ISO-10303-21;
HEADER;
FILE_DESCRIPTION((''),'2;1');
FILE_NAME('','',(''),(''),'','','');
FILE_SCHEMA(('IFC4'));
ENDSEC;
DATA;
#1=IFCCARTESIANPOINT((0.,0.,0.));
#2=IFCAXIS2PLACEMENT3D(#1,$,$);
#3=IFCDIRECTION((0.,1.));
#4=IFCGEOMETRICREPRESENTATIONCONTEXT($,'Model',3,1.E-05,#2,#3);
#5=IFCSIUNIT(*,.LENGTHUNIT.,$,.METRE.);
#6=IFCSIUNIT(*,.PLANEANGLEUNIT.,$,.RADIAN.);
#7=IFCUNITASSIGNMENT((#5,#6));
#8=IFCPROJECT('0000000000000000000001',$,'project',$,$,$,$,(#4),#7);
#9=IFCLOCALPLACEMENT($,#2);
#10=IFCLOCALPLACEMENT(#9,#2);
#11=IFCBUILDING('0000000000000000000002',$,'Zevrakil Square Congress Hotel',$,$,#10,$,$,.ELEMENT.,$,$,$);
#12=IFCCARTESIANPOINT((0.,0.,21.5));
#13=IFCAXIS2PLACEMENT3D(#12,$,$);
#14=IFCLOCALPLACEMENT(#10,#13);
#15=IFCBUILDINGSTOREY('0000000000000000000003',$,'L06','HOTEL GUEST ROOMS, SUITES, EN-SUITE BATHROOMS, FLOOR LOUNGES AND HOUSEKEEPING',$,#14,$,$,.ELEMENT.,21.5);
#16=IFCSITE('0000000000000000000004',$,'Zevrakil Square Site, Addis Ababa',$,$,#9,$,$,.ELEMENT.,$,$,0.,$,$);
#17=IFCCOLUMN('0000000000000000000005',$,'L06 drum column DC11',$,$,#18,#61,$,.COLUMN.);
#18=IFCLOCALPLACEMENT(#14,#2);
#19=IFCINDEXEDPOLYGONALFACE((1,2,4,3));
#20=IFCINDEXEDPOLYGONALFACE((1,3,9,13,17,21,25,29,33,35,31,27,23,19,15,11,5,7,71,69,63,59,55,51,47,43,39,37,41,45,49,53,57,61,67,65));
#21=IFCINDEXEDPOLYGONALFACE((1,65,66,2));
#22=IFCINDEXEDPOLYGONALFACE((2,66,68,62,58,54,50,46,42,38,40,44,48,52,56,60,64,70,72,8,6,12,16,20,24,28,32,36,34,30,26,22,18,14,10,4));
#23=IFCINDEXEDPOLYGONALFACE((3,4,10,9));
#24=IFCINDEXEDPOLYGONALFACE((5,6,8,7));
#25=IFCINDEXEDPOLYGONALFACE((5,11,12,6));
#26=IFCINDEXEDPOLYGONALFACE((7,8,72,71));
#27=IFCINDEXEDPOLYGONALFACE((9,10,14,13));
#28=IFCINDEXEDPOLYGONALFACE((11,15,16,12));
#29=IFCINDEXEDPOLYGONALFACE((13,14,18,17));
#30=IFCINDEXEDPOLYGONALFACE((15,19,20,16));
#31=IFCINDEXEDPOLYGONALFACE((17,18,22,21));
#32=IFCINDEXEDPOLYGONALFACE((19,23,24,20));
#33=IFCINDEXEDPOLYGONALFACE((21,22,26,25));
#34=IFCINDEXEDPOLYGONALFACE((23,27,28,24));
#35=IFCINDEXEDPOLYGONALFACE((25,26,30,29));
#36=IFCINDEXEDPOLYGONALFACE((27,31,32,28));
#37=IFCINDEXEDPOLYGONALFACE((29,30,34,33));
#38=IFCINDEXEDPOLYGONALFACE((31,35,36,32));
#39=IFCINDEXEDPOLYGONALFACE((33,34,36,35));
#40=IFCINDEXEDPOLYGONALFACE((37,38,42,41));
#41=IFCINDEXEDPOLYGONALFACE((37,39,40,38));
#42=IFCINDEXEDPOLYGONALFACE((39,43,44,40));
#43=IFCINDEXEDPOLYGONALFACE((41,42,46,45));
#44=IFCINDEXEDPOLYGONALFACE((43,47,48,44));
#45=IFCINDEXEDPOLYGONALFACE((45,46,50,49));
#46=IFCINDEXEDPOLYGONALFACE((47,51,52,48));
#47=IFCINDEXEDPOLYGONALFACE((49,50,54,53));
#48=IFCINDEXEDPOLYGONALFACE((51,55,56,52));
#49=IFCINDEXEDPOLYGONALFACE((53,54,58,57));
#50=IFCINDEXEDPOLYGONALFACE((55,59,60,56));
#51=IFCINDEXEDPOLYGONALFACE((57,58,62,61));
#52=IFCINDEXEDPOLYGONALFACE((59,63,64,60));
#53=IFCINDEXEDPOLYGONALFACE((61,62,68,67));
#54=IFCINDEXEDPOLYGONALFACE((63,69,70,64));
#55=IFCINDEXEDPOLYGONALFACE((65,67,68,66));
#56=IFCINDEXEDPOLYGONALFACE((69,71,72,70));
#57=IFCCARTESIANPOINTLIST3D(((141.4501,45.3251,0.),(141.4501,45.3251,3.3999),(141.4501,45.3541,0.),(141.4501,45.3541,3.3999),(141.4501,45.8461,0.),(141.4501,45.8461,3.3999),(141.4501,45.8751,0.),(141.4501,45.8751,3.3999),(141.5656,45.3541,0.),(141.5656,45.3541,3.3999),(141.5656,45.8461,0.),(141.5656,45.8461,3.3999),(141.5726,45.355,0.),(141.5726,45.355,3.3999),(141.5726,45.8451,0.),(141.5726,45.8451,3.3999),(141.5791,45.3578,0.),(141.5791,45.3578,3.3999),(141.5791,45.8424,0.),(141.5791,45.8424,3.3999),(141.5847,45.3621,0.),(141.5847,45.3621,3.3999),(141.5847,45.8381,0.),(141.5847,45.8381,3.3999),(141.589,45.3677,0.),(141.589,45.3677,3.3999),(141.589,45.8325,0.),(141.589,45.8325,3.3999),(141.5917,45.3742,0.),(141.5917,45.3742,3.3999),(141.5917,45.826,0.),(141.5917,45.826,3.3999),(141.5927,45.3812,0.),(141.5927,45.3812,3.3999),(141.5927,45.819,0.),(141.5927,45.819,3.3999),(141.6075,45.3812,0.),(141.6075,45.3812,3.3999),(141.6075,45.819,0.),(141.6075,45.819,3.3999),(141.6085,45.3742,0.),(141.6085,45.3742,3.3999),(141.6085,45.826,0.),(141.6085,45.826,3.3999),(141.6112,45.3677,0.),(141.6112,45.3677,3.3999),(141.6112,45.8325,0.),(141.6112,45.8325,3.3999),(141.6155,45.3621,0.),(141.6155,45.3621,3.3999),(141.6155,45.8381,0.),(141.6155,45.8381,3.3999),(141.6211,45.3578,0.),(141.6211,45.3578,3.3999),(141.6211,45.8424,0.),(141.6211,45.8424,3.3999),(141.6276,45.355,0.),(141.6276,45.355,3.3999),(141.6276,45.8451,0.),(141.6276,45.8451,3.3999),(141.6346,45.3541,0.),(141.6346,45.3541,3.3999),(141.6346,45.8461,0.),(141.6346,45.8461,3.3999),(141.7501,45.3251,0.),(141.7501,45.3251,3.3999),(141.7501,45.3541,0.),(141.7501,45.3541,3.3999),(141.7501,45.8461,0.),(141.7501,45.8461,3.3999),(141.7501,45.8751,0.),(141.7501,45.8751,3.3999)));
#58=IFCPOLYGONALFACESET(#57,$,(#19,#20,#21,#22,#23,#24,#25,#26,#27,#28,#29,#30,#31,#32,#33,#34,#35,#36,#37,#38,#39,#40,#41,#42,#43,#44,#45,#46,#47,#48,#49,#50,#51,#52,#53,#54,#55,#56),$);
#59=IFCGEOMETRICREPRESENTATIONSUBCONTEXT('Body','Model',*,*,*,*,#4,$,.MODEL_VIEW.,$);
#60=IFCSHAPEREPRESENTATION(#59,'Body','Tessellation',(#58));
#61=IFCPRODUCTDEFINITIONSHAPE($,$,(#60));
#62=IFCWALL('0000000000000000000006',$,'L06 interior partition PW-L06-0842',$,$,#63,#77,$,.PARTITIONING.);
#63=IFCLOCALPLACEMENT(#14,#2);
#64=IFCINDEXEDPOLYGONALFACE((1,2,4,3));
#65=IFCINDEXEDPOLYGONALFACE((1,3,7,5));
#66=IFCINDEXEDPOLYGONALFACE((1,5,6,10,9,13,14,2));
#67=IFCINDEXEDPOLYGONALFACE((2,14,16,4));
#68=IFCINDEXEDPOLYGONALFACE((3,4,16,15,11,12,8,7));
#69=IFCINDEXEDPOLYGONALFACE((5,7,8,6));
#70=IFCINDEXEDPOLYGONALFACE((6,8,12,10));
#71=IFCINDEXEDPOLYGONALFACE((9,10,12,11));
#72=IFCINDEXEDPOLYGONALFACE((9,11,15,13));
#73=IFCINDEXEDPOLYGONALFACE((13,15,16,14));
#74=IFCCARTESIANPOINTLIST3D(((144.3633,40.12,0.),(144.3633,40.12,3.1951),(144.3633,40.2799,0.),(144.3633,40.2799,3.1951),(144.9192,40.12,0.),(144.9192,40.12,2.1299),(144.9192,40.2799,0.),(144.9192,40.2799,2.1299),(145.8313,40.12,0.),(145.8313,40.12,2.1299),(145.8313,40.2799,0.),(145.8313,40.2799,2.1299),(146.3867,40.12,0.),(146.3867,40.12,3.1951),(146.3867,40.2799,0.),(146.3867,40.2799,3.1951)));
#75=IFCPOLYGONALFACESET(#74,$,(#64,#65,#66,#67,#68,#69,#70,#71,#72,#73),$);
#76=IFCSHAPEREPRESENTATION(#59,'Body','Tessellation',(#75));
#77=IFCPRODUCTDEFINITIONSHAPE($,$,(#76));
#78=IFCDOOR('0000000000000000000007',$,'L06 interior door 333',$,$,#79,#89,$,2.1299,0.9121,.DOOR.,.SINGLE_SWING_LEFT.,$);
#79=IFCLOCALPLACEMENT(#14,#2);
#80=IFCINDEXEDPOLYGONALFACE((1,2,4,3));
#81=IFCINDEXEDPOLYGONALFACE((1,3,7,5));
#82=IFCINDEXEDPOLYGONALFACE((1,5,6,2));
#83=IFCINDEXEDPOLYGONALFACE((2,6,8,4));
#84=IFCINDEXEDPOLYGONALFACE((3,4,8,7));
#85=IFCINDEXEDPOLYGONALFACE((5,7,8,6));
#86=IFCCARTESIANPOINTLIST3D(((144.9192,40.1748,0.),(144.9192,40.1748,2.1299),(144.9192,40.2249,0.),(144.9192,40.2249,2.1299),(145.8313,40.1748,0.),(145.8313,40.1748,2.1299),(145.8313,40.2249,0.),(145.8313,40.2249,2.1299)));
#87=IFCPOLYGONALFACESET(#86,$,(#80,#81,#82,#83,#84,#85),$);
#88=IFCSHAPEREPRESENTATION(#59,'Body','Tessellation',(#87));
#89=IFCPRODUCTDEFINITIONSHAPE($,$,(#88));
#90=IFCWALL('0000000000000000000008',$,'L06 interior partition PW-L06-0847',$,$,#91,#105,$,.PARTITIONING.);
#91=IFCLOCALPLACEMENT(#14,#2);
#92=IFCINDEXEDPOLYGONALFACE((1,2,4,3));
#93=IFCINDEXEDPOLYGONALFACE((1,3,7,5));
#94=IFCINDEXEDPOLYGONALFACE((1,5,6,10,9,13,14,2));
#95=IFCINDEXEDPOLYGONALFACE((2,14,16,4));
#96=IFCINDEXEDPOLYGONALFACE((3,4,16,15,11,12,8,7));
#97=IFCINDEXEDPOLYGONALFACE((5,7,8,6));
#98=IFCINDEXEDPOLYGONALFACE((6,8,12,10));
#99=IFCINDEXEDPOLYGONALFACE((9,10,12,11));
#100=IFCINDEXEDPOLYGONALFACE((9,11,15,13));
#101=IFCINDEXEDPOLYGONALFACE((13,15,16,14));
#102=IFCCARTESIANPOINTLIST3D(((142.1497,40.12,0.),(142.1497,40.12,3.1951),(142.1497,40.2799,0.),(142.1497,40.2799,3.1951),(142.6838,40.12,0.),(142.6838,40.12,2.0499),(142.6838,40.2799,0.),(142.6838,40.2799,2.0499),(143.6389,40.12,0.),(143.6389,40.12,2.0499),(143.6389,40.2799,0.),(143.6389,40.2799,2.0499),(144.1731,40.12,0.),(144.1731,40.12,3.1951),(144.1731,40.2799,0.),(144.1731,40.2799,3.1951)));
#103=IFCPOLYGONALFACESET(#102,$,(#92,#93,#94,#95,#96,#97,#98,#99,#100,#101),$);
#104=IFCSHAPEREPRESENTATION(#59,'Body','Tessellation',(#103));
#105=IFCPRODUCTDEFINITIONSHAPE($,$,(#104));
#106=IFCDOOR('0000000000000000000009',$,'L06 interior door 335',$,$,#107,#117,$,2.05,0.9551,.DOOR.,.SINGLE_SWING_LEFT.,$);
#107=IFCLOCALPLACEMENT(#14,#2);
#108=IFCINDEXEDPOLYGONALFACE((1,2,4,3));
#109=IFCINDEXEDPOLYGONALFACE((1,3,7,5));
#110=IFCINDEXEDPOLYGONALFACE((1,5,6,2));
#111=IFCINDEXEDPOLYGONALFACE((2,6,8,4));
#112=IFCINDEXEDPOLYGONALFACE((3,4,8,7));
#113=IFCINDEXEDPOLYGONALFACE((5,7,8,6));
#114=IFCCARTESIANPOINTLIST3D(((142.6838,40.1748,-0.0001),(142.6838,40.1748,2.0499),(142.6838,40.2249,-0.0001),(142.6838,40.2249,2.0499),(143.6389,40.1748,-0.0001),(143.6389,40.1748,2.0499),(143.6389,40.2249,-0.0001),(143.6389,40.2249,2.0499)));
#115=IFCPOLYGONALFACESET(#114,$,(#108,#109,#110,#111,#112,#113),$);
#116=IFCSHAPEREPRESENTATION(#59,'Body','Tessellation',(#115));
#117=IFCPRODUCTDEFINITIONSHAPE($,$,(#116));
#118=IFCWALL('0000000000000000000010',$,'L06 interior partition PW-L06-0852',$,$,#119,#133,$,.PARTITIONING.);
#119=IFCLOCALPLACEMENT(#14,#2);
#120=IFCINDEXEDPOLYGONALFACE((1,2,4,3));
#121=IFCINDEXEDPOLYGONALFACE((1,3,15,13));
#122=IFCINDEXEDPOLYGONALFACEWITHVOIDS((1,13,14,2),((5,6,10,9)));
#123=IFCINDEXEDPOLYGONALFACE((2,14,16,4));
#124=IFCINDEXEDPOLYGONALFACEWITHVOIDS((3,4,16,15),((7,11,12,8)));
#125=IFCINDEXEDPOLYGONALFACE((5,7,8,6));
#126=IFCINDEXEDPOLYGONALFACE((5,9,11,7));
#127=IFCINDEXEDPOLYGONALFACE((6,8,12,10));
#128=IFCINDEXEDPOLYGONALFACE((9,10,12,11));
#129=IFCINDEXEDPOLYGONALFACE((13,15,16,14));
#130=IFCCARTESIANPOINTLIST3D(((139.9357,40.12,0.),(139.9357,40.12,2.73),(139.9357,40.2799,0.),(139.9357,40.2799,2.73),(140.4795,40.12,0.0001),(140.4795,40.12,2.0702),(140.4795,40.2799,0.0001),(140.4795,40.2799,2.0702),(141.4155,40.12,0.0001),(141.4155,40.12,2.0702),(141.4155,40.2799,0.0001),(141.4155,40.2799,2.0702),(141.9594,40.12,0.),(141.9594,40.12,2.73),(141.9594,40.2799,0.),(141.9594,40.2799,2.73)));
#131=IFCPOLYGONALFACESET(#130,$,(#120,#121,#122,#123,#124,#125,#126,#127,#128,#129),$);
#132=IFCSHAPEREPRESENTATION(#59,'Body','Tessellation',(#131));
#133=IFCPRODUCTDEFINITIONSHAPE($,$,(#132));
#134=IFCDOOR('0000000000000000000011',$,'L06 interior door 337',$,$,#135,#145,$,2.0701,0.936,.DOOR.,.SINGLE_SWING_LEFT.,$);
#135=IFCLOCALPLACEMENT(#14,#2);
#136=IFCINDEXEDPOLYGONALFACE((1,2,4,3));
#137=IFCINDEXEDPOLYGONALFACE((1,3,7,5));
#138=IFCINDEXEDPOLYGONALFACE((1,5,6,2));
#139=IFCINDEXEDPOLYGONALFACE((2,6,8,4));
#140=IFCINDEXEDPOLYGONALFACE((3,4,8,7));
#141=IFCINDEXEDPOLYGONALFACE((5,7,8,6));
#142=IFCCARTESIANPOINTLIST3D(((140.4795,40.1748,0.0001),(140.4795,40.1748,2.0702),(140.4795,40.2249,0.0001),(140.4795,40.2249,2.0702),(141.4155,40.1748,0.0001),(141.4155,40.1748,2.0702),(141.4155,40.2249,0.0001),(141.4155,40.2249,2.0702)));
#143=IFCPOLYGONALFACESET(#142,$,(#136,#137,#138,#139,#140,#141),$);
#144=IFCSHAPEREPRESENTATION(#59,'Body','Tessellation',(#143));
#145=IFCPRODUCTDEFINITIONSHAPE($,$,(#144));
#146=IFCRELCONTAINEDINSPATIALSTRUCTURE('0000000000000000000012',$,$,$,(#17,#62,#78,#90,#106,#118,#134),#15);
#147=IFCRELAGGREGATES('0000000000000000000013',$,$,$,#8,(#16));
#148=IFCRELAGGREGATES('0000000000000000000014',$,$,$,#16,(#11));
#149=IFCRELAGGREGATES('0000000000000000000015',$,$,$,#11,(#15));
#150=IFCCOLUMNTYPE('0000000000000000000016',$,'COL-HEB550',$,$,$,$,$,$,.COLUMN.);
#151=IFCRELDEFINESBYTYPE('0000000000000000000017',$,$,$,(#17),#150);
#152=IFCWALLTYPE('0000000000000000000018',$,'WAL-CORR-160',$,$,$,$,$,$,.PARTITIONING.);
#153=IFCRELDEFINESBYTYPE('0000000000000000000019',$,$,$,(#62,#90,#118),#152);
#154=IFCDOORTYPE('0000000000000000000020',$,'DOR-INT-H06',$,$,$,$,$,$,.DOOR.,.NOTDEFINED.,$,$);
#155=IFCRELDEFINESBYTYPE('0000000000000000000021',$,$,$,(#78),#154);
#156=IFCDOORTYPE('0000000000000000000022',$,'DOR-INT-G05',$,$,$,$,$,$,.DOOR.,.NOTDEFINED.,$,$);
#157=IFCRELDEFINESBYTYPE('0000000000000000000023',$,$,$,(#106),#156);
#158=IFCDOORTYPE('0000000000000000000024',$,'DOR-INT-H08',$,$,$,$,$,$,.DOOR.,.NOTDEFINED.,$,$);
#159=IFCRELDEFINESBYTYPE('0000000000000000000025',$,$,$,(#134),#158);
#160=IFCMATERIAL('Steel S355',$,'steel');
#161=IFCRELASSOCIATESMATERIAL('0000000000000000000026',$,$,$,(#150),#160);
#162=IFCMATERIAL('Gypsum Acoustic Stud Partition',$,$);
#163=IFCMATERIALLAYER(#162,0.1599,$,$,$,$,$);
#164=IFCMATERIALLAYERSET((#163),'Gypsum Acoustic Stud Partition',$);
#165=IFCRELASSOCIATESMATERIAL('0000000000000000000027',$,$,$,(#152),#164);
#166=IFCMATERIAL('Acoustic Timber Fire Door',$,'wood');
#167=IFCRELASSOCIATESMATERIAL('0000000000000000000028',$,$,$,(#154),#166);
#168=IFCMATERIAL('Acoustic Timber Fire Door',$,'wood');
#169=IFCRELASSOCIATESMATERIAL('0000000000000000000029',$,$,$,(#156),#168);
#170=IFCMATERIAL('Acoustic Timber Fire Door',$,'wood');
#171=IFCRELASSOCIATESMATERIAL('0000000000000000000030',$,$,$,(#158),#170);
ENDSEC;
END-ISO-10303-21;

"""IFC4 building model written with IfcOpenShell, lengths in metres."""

from ifc_helpers import new_model, si_unit, direction, frame, frame_2d, origin, origin_2d, place, context, subcontext, project, spatial, rectangle, i_section, extrude, material, layer, layer_set, material_profile, profile_set, type_object, element, fill, save


model = new_model("IFC4")

# Units and contexts
model_context = context("Model", 3, precision=1e-05, world=origin(), true_north=direction((0.0, 1.0)))
body_context = subcontext(model_context, "Body", "Model", "MODEL_VIEW")
ifc_project = project(units=[si_unit("LENGTHUNIT", "METRE"), si_unit("PLANEANGLEUNIT", "RADIAN")], contexts=[model_context])

# Site, building, storey
site_placement = place(None, origin())
site = spatial("IfcSite", under=ifc_project, at=site_placement, Name="Zevrakil Square Site, Addis Ababa", CompositionType="ELEMENT", RefElevation=0.0)
building_placement = place(site_placement, origin())
building = spatial("IfcBuilding", under=site, at=building_placement, Name="Zevrakil Square Congress Hotel", CompositionType="ELEMENT")
storey_placement = place(building_placement, frame((0.0, 0.0, 21.5)))
storey = spatial("IfcBuildingStorey", under=building, at=storey_placement, Name="L06", Description="HOTEL GUEST ROOMS, SUITES, EN-SUITE BATHROOMS, FLOOR LOUNGES AND HOUSEKEEPING", CompositionType="ELEMENT", Elevation=21.5)

# Column
ifc_material_1 = material(Name="Steel S355", Category="steel")
ifc_material_profile = material_profile(ifc_material_1, i_section(OverallWidth=0.3, OverallDepth=0.55, WebThickness=0.0149, FlangeThickness=0.0291, FilletRadius=0.0271, at=origin_2d()), Name="HEB 550")
ifc_profile_set = profile_set([ifc_material_profile], Name="Steel S355")
column_type = type_object("IfcColumnType", Name="COL-HEB550", PredefinedType="COLUMN", material=ifc_profile_set)
column_placement = place(storey_placement, frame((141.6001, 45.6001, 0.0), z_axis=(0.0, 0.0, 1.0), x_axis=(1.0, 0.0, 0.0)))
element("IfcColumn", 1, at=column_placement, inside=storey, type_object=column_type, Name="L06 drum column DC11", PredefinedType="COLUMN", context=body_context, shape_type="SweptSolid", body=[
    extrude(i_section(OverallWidth=0.3, OverallDepth=0.55, WebThickness=0.0149, FlangeThickness=0.0291, FilletRadius=0.0271, at=origin_2d()), origin(), (0.0, 0.0, 1.0), 3.3999),
])

# Walls, openings, doors
ifc_material_2 = material(Name="Gypsum Acoustic Stud Partition")
ifc_layer_1 = layer(ifc_material_2, 0.1599)
ifc_layer_set_1 = layer_set([ifc_layer_1], Name="Gypsum Acoustic Stud Partition")
wall_type_1 = type_object("IfcWallType", Name="WAL-CORR-160", PredefinedType="PARTITIONING", material=ifc_layer_set_1)
wall_1_placement = place(storey_placement, frame((144.3633, 40.2, 0.0), z_axis=(0.0, 0.0, 1.0), x_axis=(1.0, 0.0, 0.0)))
wall_1 = element("IfcWall", 2, at=wall_1_placement, inside=storey, type_object=wall_type_1, Name="L06 interior partition PW-L06-0842", PredefinedType="PARTITIONING", context=body_context, shape_type="SweptSolid", body=[
    extrude(rectangle(XDim=2.0234, YDim=0.1599, at=frame_2d((1.0117, 0.0))), origin(), (0.0, 0.0, 1.0), 3.1951),
])
opening_1_placement = place(wall_1_placement, frame((0.5559, 0.0, 0.0)))
opening_1 = element("IfcOpeningElement", 3, at=opening_1_placement, cuts=wall_1, PredefinedType="OPENING", context=body_context, shape_type="SweptSolid", body=[
    extrude(rectangle(XDim=0.9121, YDim=2.1299, at=frame_2d((0.4561, 1.0649))), frame((0.0, 0.0898, 0.0), z_axis=(0.0, -1.0, 0.0), x_axis=(1.0, 0.0, 0.0)), (0.0, 0.0, 1.0), 0.1799),
])
ifc_material_3 = material(Name="Acoustic Timber Fire Door", Category="wood")
door_type_1 = type_object("IfcDoorType", Name="DOR-INT-H06", OperationType="NOTDEFINED", PredefinedType="DOOR", material=ifc_material_3)
door_1_placement = place(opening_1_placement, origin())
door_1 = element("IfcDoor", 4, at=door_1_placement, inside=storey, type_object=door_type_1, Name="L06 interior door 333", OperationType="SINGLE_SWING_LEFT", OverallHeight=2.1299, OverallWidth=0.9121, PredefinedType="DOOR", context=body_context, shape_type="SweptSolid", body=[
    extrude(rectangle(XDim=0.9121, YDim=2.1299, at=frame_2d((0.4561, 1.0649))), frame((0.0, 0.0249, 0.0), z_axis=(0.0, -1.0, 0.0), x_axis=(1.0, 0.0, 0.0)), (0.0, 0.0, 1.0), 0.05),
])
fill(opening_1, door_1)
wall_2_placement = place(storey_placement, frame((142.1497, 40.2, 0.0), z_axis=(0.0, 0.0, 1.0), x_axis=(1.0, 0.0, 0.0)))
wall_2 = element("IfcWall", 5, at=wall_2_placement, inside=storey, type_object=wall_type_1, Name="L06 interior partition PW-L06-0847", PredefinedType="PARTITIONING", context=body_context, shape_type="SweptSolid", body=[
    extrude(rectangle(XDim=2.0234, YDim=0.1599, at=frame_2d((1.0117, 0.0))), origin(), (0.0, 0.0, 1.0), 3.1951),
])
opening_2_placement = place(wall_2_placement, frame((0.5342, 0.0, 0.0)))
opening_2 = element("IfcOpeningElement", 6, at=opening_2_placement, cuts=wall_2, PredefinedType="OPENING", context=body_context, shape_type="SweptSolid", body=[
    extrude(rectangle(XDim=0.9551, YDim=2.05, at=frame_2d((0.4775, 1.0249))), frame((0.0, 0.0898, 0.0), z_axis=(0.0, -1.0, 0.0), x_axis=(1.0, 0.0, 0.0)), (0.0, 0.0, 1.0), 0.1799),
])
ifc_material_4 = material(Name="Acoustic Timber Fire Door", Category="wood")
door_type_2 = type_object("IfcDoorType", Name="DOR-INT-G05", OperationType="NOTDEFINED", PredefinedType="DOOR", material=ifc_material_4)
door_2_placement = place(opening_2_placement, origin())
door_2 = element("IfcDoor", 7, at=door_2_placement, inside=storey, type_object=door_type_2, Name="L06 interior door 335", OperationType="SINGLE_SWING_LEFT", OverallHeight=2.05, OverallWidth=0.9551, PredefinedType="DOOR", context=body_context, shape_type="SweptSolid", body=[
    extrude(rectangle(XDim=0.9551, YDim=2.05, at=frame_2d((0.4775, 1.0249))), frame((0.0, 0.0249, 0.0), z_axis=(0.0, -1.0, 0.0), x_axis=(1.0, 0.0, 0.0)), (0.0, 0.0, 1.0), 0.05),
])
fill(opening_2, door_2)
wall_3_placement = place(storey_placement, frame((139.9358, 40.2, 0.0), z_axis=(0.0, 0.0, 1.0), x_axis=(1.0, 0.0, 0.0)))
wall_3 = element("IfcWall", 8, at=wall_3_placement, inside=storey, type_object=wall_type_1, Name="L06 interior partition PW-L06-0852", PredefinedType="PARTITIONING", context=body_context, shape_type="SweptSolid", body=[
    extrude(rectangle(XDim=2.0237, YDim=0.1599, at=frame_2d((1.0117, 0.0))), origin(), (0.0, 0.0, 1.0), 2.73),
])
opening_3_placement = place(wall_3_placement, frame((0.5437, 0.0, 0.0)))
opening_3 = element("IfcOpeningElement", 9, at=opening_3_placement, cuts=wall_3, PredefinedType="OPENING", context=body_context, shape_type="SweptSolid", body=[
    extrude(rectangle(XDim=0.936, YDim=2.0701, at=frame_2d((0.468, 1.0352))), frame((0.0, 0.0898, 0.0), z_axis=(0.0, -1.0, 0.0), x_axis=(1.0, 0.0, 0.0)), (0.0, 0.0, 1.0), 0.1799),
])
ifc_material_5 = material(Name="Acoustic Timber Fire Door", Category="wood")
door_type_3 = type_object("IfcDoorType", Name="DOR-INT-H08", OperationType="NOTDEFINED", PredefinedType="DOOR", material=ifc_material_5)
door_3_placement = place(opening_3_placement, origin())
door_3 = element("IfcDoor", 10, at=door_3_placement, inside=storey, type_object=door_type_3, Name="L06 interior door 337", OperationType="SINGLE_SWING_LEFT", OverallHeight=2.0701, OverallWidth=0.936, PredefinedType="DOOR", context=body_context, shape_type="SweptSolid", body=[
    extrude(rectangle(XDim=0.936, YDim=2.0701, at=frame_2d((0.468, 1.0352))), frame((0.0, 0.0249, 0.0), z_axis=(0.0, -1.0, 0.0), x_axis=(1.0, 0.0, 0.0)), (0.0, 0.0, 1.0), 0.05),
])
fill(opening_3, door_3)

save(model, "model.ifc")
